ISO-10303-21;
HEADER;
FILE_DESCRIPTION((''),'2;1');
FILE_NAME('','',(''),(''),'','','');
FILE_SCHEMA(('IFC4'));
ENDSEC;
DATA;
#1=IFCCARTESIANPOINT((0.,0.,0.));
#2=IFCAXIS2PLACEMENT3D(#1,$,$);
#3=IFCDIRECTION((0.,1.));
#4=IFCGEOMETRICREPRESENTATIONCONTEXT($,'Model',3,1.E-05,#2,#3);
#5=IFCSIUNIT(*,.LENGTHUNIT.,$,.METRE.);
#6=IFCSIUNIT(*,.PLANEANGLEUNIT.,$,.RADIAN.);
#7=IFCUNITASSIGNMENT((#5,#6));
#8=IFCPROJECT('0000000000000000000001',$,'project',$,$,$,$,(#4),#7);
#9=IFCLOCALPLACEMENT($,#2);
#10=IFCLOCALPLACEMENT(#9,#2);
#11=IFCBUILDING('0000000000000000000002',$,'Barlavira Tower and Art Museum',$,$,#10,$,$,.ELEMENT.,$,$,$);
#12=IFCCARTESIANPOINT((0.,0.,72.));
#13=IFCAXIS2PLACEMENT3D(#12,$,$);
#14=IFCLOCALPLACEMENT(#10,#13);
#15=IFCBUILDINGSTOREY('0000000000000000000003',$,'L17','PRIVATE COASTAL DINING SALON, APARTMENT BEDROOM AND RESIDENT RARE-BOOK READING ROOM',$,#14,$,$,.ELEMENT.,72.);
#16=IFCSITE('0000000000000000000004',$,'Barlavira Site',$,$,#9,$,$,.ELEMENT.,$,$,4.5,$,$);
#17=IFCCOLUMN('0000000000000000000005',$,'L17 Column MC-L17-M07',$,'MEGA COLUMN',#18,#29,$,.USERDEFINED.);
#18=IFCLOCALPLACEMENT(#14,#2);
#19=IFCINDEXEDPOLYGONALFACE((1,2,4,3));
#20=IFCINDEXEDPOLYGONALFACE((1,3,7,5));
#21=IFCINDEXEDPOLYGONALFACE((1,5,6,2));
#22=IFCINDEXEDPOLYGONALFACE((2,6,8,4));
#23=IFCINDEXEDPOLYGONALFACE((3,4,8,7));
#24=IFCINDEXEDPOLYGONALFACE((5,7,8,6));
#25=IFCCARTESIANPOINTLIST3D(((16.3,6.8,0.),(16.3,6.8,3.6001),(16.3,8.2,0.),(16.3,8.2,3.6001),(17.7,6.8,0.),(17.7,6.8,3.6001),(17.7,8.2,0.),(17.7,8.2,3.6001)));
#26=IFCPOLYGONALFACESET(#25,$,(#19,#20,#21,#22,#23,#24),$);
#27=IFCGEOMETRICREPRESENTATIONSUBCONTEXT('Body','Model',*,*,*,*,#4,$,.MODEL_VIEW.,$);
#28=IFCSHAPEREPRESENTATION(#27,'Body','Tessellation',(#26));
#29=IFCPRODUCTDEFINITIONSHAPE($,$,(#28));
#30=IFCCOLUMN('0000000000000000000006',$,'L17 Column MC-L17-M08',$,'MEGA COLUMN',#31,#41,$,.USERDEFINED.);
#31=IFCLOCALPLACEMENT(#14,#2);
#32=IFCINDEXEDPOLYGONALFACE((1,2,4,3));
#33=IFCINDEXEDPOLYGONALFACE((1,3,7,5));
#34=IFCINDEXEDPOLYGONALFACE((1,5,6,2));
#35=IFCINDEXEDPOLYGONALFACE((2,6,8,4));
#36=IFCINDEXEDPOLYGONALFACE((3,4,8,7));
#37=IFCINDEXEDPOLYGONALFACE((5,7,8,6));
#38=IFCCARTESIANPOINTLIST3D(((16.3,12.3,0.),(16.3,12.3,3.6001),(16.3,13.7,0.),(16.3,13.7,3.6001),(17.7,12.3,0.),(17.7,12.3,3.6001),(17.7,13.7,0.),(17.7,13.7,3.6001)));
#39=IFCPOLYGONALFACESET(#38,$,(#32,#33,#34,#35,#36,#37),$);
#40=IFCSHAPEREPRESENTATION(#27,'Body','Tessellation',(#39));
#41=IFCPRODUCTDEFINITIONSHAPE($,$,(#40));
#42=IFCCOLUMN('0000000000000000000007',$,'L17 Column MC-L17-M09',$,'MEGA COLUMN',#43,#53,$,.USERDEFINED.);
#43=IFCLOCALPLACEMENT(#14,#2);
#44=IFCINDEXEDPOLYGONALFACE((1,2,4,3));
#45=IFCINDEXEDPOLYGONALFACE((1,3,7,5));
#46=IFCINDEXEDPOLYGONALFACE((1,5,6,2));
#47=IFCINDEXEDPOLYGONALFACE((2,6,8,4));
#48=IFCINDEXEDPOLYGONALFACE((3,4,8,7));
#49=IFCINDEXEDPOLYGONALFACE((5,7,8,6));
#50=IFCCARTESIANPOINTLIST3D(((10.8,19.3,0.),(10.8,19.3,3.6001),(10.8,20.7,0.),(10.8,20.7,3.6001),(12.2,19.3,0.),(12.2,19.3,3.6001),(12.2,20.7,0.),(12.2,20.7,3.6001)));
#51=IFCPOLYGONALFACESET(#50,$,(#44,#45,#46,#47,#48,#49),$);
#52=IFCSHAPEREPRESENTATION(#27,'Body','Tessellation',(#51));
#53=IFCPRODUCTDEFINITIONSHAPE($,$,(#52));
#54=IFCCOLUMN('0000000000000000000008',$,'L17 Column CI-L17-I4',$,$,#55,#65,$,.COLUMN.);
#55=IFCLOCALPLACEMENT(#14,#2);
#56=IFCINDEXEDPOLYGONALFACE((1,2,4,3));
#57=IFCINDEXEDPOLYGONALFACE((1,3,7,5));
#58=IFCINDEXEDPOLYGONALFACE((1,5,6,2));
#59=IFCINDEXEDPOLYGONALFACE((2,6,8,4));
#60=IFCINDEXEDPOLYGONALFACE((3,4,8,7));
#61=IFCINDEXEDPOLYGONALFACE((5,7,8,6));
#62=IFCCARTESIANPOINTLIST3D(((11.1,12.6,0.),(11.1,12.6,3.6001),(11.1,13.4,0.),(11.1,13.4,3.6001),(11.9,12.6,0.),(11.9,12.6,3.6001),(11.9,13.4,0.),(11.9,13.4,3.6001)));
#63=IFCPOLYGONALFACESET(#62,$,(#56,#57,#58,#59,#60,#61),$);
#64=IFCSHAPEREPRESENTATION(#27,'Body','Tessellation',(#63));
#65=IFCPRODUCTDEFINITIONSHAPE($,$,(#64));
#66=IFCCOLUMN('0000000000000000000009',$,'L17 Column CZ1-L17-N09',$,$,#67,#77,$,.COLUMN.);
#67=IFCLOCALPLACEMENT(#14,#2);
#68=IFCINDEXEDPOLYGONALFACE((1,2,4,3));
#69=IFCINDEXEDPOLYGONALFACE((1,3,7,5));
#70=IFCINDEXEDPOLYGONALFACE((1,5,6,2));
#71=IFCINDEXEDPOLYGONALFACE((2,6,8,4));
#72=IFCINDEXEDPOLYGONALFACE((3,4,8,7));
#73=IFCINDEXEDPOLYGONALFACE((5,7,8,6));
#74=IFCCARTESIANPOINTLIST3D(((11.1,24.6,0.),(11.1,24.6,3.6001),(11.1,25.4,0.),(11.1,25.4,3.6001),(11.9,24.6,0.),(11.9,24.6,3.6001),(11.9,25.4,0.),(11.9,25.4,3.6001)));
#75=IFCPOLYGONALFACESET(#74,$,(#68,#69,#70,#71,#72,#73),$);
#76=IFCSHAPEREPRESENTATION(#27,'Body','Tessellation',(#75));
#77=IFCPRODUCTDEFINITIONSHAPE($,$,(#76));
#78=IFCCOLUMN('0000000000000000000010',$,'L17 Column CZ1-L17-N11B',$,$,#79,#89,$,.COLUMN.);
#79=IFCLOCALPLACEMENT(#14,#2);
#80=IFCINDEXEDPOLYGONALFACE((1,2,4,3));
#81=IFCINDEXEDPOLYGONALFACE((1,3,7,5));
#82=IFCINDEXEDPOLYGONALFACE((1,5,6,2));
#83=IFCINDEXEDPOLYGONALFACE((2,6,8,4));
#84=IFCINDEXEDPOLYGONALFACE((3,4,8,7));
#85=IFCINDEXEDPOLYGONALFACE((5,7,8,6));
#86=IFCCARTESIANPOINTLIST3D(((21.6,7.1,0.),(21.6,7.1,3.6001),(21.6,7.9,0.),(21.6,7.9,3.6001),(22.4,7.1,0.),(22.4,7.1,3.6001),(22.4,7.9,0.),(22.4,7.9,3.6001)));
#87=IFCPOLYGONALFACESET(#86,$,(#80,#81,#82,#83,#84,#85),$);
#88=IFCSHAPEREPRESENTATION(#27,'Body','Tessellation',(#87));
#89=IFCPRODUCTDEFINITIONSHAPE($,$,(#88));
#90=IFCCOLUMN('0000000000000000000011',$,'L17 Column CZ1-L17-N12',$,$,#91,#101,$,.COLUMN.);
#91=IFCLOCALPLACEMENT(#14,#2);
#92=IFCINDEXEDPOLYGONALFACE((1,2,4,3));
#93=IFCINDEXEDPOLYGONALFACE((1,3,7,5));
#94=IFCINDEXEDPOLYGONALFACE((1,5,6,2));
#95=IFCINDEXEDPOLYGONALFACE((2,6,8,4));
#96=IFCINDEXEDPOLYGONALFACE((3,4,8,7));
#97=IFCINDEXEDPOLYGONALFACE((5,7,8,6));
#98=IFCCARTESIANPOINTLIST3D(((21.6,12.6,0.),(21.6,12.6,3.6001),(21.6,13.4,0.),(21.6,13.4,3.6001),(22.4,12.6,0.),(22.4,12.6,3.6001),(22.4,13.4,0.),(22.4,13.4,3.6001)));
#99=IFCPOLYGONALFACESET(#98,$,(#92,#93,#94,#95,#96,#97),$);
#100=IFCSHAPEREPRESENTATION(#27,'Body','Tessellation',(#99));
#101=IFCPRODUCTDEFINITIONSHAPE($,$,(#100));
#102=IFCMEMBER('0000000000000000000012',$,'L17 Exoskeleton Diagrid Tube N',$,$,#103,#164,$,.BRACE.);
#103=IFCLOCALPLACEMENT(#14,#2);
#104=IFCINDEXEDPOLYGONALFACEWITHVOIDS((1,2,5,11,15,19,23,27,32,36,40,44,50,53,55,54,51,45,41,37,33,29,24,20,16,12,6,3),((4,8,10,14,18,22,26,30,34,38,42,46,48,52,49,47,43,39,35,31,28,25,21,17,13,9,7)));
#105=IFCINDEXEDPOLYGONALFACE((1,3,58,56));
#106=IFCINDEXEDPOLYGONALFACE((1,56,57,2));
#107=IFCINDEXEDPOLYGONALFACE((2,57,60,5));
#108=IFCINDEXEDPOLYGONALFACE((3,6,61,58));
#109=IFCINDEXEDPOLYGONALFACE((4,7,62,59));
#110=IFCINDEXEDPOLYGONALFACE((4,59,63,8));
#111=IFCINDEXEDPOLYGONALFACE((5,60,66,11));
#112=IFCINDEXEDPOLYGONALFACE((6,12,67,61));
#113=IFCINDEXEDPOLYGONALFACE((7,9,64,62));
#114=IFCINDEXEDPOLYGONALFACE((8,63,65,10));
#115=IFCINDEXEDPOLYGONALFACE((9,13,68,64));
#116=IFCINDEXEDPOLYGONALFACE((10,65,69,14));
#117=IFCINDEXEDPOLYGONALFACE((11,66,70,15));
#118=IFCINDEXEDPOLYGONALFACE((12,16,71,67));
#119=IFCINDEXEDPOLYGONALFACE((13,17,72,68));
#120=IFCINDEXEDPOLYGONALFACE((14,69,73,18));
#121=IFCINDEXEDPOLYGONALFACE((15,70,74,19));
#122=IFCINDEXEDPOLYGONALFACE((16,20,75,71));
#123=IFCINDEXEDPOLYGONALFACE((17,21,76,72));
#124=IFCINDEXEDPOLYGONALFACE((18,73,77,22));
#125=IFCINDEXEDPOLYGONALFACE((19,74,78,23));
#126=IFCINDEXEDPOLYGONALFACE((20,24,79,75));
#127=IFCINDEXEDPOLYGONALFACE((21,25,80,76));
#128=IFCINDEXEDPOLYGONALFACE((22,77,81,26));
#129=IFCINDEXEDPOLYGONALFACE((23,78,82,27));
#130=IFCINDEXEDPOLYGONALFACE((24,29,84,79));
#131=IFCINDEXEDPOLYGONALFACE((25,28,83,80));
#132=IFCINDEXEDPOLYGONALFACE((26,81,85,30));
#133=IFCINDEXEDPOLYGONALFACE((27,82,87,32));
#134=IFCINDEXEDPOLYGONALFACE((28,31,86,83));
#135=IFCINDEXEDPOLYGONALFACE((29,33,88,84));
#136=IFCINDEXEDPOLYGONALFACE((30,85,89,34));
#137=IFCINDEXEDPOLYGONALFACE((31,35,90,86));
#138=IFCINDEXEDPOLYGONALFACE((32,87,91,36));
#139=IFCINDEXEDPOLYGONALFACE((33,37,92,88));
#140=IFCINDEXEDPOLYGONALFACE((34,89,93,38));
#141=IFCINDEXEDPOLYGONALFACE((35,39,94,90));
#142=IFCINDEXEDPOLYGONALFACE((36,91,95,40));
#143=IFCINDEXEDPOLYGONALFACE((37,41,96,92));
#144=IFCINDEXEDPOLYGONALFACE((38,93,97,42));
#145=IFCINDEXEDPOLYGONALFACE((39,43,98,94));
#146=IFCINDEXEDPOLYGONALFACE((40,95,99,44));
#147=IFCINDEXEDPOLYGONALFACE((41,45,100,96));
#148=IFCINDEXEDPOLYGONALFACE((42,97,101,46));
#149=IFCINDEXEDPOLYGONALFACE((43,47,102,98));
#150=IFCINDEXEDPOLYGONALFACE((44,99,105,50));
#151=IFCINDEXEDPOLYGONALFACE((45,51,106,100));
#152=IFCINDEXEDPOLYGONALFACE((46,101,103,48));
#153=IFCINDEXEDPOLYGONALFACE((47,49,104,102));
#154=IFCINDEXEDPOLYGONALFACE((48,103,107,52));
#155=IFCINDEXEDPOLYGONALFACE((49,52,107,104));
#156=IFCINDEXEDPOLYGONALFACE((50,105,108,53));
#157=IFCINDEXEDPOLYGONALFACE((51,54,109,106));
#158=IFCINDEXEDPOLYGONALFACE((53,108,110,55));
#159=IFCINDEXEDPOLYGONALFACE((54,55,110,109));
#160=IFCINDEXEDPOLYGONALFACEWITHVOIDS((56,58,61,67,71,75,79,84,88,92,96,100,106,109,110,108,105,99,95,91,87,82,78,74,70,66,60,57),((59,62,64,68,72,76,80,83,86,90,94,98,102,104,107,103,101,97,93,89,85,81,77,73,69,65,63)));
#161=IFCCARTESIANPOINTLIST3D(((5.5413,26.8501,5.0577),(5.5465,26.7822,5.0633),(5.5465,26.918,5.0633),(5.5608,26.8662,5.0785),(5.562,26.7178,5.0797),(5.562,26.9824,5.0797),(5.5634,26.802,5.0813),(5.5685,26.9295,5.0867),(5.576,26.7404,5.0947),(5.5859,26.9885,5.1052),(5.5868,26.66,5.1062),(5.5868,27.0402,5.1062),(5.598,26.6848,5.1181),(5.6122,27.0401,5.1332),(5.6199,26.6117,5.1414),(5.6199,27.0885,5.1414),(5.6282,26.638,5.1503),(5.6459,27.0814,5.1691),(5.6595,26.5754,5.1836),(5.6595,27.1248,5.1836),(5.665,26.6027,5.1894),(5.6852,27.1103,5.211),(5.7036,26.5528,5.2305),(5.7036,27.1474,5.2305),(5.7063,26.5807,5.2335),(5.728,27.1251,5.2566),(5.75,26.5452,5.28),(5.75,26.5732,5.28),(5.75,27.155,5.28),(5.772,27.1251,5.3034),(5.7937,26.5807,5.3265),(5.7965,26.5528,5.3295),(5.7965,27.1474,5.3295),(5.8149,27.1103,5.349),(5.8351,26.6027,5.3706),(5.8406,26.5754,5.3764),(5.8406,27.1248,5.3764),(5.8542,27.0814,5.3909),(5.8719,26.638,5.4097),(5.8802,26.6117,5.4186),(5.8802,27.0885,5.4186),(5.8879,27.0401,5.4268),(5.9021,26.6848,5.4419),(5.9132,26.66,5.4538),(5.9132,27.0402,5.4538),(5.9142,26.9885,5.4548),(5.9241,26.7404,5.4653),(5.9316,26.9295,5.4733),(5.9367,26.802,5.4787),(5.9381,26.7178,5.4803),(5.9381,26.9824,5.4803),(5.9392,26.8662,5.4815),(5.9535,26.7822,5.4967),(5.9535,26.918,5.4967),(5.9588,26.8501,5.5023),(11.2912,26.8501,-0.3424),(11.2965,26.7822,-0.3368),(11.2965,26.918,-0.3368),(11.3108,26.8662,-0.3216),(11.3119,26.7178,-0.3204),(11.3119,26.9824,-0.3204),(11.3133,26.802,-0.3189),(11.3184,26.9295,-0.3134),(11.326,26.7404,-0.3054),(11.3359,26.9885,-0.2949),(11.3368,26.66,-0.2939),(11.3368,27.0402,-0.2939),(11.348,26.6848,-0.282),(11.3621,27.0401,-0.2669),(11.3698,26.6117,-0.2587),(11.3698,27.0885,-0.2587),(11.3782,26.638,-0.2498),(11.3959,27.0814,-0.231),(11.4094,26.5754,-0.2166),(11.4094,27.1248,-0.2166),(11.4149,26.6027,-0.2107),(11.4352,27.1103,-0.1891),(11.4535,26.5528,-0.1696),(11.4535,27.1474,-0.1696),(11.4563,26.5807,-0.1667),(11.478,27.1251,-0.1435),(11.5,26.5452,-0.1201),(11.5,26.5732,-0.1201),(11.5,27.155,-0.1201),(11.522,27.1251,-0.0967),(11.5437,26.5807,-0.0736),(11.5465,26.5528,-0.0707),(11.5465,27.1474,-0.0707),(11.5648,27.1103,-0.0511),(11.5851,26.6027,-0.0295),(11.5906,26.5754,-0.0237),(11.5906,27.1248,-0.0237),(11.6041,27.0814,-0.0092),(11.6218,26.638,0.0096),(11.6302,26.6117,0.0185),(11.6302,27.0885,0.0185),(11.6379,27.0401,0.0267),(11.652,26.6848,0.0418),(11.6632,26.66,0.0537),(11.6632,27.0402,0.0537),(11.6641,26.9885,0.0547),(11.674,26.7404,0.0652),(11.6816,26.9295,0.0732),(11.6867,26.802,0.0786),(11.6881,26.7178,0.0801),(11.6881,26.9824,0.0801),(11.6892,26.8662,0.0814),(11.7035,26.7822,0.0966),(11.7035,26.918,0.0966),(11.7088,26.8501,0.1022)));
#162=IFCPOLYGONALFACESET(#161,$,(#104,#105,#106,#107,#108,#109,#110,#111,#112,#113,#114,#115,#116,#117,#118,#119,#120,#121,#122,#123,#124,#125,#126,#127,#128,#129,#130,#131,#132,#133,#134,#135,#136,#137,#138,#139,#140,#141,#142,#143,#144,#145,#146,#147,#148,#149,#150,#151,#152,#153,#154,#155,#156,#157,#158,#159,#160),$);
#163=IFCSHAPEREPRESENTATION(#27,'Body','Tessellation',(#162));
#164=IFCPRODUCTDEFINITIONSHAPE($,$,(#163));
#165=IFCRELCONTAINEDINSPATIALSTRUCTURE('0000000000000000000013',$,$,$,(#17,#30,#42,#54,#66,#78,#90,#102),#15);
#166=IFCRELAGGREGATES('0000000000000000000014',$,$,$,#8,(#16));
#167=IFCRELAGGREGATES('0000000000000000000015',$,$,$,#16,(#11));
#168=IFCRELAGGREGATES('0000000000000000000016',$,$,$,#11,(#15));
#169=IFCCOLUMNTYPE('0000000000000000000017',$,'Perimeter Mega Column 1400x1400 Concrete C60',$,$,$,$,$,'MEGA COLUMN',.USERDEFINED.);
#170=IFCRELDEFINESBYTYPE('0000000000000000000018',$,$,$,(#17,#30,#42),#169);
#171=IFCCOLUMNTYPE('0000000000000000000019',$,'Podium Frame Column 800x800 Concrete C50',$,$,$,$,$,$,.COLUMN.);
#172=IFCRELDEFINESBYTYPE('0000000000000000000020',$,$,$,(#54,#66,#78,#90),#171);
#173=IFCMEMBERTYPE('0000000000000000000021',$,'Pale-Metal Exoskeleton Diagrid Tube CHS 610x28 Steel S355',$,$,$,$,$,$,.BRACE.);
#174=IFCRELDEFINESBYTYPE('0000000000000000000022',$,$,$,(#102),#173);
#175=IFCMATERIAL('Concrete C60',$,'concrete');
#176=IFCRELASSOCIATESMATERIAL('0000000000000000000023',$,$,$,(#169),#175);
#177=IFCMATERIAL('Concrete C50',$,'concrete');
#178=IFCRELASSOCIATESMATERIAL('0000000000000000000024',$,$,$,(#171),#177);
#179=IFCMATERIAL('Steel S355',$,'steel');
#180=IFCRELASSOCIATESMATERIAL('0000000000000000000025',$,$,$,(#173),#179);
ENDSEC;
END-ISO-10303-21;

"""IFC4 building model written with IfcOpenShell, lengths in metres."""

from ifc_helpers import new_model, si_unit, direction, frame, origin, origin_2d, place, context, subcontext, project, spatial, rectangle, hollow_circle, extrude, material, material_profile, profile_set, type_object, element, save


model = new_model("IFC4")

# Units and contexts
model_context = context("Model", 3, precision=1e-05, world=origin(), true_north=direction((0.0, 1.0)))
body_context = subcontext(model_context, "Body", "Model", "MODEL_VIEW")
ifc_project = project(units=[si_unit("LENGTHUNIT", "METRE"), si_unit("PLANEANGLEUNIT", "RADIAN")], contexts=[model_context])

# Site, building, storey
site_placement = place(None, origin())
site = spatial("IfcSite", under=ifc_project, at=site_placement, Name="Barlavira Site", CompositionType="ELEMENT", RefElevation=4.5)
building_placement = place(site_placement, origin())
building = spatial("IfcBuilding", under=site, at=building_placement, Name="Barlavira Tower and Art Museum", CompositionType="ELEMENT")
storey_placement = place(building_placement, frame((0.0, 0.0, 72.0)))
storey = spatial("IfcBuildingStorey", under=building, at=storey_placement, Name="L17", Description="PRIVATE COASTAL DINING SALON, APARTMENT BEDROOM AND RESIDENT RARE-BOOK READING ROOM", CompositionType="ELEMENT", Elevation=72.0)

# Columns
ifc_material_1 = material(Name="Concrete C60", Category="concrete")
ifc_material_profile_1 = material_profile(ifc_material_1, rectangle(XDim=1.3999, YDim=1.3999, at=origin_2d()), Name="RC-MCOL 1400x1400")
ifc_profile_set_1 = profile_set([ifc_material_profile_1], Name="Concrete C60")
column_type_1 = type_object("IfcColumnType", Name="Perimeter Mega Column 1400x1400 Concrete C60", ElementType="MEGA COLUMN", PredefinedType="USERDEFINED", material=ifc_profile_set_1)
for number, where, z_axis, x_axis, name in (
    (1, (17.0, 7.5, 0.0), (0.0, 0.0, 1.0), (1.0, 0.0, 0.0), "L17 Column MC-L17-M07"),
    (2, (17.0, 13.0, 0.0), (0.0, 0.0, 1.0), (1.0, 0.0, 0.0), "L17 Column MC-L17-M08"),
    (3, (11.5, 20.0, 0.0), (0.0, 0.0, 1.0), (1.0, 0.0, 0.0), "L17 Column MC-L17-M09"),
):
    element("IfcColumn", number, at=place(storey_placement, frame(where, z_axis=z_axis, x_axis=x_axis)), inside=storey, type_object=column_type_1, Name=name, ObjectType="MEGA COLUMN", PredefinedType="USERDEFINED", context=body_context, shape_type="SweptSolid", body=[
        extrude(rectangle(XDim=1.3999, YDim=1.3999, at=origin_2d()), origin(), (0.0, 0.0, 1.0), 3.6001),
    ])
ifc_material_2 = material(Name="Concrete C50", Category="concrete")
ifc_material_profile_2 = material_profile(ifc_material_2, rectangle(XDim=0.8, YDim=0.8, at=origin_2d()), Name="RC-COL 800x800")
ifc_profile_set_2 = profile_set([ifc_material_profile_2], Name="Concrete C50")
column_type_2 = type_object("IfcColumnType", Name="Podium Frame Column 800x800 Concrete C50", PredefinedType="COLUMN", material=ifc_profile_set_2)
for number, where, z_axis, x_axis, name in (
    (4, (11.5, 13.0, 0.0), (0.0, 0.0, 1.0), (1.0, 0.0, 0.0), "L17 Column CI-L17-I4"),
    (5, (11.5, 25.0, 0.0), (0.0, 0.0, 1.0), (1.0, 0.0, 0.0), "L17 Column CZ1-L17-N09"),
    (6, (22.0, 7.5, 0.0), (0.0, 0.0, 1.0), (1.0, 0.0, 0.0), "L17 Column CZ1-L17-N11B"),
    (7, (22.0, 13.0, 0.0), (0.0, 0.0, 1.0), (1.0, 0.0, 0.0), "L17 Column CZ1-L17-N12"),
):
    element("IfcColumn", number, at=place(storey_placement, frame(where, z_axis=z_axis, x_axis=x_axis)), inside=storey, type_object=column_type_2, Name=name, PredefinedType="COLUMN", context=body_context, shape_type="SweptSolid", body=[
        extrude(rectangle(XDim=0.8, YDim=0.8, at=origin_2d()), origin(), (0.0, 0.0, 1.0), 3.6001),
    ])

# Member
ifc_material_3 = material(Name="Steel S355", Category="steel")
ifc_material_profile_3 = material_profile(ifc_material_3, hollow_circle(Radius=0.3049, WallThickness=0.0281, at=origin_2d()), Name="CHS 610.0x28.0")
ifc_profile_set_3 = profile_set([ifc_material_profile_3], Name="Steel S355")
member_type_1 = type_object("IfcMemberType", Name="Pale-Metal Exoskeleton Diagrid Tube CHS 610x28 Steel S355", PredefinedType="BRACE", material=ifc_profile_set_3)
member_1_placement = place(storey_placement, frame((11.5, 26.8501, -0.1201), z_axis=(-0.728935, 0.0, 0.684583), x_axis=(0.0, -1.0, 0.0)))
element("IfcMember", 8, at=member_1_placement, inside=storey, type_object=member_type_1, Name="L17 Exoskeleton Diagrid Tube N", PredefinedType="BRACE", context=body_context, shape_type="SweptSolid", body=[
    extrude(hollow_circle(Radius=0.3049, WallThickness=0.0281, at=origin_2d()), origin(), (0.0, 0.0, 1.0), 7.8882),
])

save(model, "model.ifc")
